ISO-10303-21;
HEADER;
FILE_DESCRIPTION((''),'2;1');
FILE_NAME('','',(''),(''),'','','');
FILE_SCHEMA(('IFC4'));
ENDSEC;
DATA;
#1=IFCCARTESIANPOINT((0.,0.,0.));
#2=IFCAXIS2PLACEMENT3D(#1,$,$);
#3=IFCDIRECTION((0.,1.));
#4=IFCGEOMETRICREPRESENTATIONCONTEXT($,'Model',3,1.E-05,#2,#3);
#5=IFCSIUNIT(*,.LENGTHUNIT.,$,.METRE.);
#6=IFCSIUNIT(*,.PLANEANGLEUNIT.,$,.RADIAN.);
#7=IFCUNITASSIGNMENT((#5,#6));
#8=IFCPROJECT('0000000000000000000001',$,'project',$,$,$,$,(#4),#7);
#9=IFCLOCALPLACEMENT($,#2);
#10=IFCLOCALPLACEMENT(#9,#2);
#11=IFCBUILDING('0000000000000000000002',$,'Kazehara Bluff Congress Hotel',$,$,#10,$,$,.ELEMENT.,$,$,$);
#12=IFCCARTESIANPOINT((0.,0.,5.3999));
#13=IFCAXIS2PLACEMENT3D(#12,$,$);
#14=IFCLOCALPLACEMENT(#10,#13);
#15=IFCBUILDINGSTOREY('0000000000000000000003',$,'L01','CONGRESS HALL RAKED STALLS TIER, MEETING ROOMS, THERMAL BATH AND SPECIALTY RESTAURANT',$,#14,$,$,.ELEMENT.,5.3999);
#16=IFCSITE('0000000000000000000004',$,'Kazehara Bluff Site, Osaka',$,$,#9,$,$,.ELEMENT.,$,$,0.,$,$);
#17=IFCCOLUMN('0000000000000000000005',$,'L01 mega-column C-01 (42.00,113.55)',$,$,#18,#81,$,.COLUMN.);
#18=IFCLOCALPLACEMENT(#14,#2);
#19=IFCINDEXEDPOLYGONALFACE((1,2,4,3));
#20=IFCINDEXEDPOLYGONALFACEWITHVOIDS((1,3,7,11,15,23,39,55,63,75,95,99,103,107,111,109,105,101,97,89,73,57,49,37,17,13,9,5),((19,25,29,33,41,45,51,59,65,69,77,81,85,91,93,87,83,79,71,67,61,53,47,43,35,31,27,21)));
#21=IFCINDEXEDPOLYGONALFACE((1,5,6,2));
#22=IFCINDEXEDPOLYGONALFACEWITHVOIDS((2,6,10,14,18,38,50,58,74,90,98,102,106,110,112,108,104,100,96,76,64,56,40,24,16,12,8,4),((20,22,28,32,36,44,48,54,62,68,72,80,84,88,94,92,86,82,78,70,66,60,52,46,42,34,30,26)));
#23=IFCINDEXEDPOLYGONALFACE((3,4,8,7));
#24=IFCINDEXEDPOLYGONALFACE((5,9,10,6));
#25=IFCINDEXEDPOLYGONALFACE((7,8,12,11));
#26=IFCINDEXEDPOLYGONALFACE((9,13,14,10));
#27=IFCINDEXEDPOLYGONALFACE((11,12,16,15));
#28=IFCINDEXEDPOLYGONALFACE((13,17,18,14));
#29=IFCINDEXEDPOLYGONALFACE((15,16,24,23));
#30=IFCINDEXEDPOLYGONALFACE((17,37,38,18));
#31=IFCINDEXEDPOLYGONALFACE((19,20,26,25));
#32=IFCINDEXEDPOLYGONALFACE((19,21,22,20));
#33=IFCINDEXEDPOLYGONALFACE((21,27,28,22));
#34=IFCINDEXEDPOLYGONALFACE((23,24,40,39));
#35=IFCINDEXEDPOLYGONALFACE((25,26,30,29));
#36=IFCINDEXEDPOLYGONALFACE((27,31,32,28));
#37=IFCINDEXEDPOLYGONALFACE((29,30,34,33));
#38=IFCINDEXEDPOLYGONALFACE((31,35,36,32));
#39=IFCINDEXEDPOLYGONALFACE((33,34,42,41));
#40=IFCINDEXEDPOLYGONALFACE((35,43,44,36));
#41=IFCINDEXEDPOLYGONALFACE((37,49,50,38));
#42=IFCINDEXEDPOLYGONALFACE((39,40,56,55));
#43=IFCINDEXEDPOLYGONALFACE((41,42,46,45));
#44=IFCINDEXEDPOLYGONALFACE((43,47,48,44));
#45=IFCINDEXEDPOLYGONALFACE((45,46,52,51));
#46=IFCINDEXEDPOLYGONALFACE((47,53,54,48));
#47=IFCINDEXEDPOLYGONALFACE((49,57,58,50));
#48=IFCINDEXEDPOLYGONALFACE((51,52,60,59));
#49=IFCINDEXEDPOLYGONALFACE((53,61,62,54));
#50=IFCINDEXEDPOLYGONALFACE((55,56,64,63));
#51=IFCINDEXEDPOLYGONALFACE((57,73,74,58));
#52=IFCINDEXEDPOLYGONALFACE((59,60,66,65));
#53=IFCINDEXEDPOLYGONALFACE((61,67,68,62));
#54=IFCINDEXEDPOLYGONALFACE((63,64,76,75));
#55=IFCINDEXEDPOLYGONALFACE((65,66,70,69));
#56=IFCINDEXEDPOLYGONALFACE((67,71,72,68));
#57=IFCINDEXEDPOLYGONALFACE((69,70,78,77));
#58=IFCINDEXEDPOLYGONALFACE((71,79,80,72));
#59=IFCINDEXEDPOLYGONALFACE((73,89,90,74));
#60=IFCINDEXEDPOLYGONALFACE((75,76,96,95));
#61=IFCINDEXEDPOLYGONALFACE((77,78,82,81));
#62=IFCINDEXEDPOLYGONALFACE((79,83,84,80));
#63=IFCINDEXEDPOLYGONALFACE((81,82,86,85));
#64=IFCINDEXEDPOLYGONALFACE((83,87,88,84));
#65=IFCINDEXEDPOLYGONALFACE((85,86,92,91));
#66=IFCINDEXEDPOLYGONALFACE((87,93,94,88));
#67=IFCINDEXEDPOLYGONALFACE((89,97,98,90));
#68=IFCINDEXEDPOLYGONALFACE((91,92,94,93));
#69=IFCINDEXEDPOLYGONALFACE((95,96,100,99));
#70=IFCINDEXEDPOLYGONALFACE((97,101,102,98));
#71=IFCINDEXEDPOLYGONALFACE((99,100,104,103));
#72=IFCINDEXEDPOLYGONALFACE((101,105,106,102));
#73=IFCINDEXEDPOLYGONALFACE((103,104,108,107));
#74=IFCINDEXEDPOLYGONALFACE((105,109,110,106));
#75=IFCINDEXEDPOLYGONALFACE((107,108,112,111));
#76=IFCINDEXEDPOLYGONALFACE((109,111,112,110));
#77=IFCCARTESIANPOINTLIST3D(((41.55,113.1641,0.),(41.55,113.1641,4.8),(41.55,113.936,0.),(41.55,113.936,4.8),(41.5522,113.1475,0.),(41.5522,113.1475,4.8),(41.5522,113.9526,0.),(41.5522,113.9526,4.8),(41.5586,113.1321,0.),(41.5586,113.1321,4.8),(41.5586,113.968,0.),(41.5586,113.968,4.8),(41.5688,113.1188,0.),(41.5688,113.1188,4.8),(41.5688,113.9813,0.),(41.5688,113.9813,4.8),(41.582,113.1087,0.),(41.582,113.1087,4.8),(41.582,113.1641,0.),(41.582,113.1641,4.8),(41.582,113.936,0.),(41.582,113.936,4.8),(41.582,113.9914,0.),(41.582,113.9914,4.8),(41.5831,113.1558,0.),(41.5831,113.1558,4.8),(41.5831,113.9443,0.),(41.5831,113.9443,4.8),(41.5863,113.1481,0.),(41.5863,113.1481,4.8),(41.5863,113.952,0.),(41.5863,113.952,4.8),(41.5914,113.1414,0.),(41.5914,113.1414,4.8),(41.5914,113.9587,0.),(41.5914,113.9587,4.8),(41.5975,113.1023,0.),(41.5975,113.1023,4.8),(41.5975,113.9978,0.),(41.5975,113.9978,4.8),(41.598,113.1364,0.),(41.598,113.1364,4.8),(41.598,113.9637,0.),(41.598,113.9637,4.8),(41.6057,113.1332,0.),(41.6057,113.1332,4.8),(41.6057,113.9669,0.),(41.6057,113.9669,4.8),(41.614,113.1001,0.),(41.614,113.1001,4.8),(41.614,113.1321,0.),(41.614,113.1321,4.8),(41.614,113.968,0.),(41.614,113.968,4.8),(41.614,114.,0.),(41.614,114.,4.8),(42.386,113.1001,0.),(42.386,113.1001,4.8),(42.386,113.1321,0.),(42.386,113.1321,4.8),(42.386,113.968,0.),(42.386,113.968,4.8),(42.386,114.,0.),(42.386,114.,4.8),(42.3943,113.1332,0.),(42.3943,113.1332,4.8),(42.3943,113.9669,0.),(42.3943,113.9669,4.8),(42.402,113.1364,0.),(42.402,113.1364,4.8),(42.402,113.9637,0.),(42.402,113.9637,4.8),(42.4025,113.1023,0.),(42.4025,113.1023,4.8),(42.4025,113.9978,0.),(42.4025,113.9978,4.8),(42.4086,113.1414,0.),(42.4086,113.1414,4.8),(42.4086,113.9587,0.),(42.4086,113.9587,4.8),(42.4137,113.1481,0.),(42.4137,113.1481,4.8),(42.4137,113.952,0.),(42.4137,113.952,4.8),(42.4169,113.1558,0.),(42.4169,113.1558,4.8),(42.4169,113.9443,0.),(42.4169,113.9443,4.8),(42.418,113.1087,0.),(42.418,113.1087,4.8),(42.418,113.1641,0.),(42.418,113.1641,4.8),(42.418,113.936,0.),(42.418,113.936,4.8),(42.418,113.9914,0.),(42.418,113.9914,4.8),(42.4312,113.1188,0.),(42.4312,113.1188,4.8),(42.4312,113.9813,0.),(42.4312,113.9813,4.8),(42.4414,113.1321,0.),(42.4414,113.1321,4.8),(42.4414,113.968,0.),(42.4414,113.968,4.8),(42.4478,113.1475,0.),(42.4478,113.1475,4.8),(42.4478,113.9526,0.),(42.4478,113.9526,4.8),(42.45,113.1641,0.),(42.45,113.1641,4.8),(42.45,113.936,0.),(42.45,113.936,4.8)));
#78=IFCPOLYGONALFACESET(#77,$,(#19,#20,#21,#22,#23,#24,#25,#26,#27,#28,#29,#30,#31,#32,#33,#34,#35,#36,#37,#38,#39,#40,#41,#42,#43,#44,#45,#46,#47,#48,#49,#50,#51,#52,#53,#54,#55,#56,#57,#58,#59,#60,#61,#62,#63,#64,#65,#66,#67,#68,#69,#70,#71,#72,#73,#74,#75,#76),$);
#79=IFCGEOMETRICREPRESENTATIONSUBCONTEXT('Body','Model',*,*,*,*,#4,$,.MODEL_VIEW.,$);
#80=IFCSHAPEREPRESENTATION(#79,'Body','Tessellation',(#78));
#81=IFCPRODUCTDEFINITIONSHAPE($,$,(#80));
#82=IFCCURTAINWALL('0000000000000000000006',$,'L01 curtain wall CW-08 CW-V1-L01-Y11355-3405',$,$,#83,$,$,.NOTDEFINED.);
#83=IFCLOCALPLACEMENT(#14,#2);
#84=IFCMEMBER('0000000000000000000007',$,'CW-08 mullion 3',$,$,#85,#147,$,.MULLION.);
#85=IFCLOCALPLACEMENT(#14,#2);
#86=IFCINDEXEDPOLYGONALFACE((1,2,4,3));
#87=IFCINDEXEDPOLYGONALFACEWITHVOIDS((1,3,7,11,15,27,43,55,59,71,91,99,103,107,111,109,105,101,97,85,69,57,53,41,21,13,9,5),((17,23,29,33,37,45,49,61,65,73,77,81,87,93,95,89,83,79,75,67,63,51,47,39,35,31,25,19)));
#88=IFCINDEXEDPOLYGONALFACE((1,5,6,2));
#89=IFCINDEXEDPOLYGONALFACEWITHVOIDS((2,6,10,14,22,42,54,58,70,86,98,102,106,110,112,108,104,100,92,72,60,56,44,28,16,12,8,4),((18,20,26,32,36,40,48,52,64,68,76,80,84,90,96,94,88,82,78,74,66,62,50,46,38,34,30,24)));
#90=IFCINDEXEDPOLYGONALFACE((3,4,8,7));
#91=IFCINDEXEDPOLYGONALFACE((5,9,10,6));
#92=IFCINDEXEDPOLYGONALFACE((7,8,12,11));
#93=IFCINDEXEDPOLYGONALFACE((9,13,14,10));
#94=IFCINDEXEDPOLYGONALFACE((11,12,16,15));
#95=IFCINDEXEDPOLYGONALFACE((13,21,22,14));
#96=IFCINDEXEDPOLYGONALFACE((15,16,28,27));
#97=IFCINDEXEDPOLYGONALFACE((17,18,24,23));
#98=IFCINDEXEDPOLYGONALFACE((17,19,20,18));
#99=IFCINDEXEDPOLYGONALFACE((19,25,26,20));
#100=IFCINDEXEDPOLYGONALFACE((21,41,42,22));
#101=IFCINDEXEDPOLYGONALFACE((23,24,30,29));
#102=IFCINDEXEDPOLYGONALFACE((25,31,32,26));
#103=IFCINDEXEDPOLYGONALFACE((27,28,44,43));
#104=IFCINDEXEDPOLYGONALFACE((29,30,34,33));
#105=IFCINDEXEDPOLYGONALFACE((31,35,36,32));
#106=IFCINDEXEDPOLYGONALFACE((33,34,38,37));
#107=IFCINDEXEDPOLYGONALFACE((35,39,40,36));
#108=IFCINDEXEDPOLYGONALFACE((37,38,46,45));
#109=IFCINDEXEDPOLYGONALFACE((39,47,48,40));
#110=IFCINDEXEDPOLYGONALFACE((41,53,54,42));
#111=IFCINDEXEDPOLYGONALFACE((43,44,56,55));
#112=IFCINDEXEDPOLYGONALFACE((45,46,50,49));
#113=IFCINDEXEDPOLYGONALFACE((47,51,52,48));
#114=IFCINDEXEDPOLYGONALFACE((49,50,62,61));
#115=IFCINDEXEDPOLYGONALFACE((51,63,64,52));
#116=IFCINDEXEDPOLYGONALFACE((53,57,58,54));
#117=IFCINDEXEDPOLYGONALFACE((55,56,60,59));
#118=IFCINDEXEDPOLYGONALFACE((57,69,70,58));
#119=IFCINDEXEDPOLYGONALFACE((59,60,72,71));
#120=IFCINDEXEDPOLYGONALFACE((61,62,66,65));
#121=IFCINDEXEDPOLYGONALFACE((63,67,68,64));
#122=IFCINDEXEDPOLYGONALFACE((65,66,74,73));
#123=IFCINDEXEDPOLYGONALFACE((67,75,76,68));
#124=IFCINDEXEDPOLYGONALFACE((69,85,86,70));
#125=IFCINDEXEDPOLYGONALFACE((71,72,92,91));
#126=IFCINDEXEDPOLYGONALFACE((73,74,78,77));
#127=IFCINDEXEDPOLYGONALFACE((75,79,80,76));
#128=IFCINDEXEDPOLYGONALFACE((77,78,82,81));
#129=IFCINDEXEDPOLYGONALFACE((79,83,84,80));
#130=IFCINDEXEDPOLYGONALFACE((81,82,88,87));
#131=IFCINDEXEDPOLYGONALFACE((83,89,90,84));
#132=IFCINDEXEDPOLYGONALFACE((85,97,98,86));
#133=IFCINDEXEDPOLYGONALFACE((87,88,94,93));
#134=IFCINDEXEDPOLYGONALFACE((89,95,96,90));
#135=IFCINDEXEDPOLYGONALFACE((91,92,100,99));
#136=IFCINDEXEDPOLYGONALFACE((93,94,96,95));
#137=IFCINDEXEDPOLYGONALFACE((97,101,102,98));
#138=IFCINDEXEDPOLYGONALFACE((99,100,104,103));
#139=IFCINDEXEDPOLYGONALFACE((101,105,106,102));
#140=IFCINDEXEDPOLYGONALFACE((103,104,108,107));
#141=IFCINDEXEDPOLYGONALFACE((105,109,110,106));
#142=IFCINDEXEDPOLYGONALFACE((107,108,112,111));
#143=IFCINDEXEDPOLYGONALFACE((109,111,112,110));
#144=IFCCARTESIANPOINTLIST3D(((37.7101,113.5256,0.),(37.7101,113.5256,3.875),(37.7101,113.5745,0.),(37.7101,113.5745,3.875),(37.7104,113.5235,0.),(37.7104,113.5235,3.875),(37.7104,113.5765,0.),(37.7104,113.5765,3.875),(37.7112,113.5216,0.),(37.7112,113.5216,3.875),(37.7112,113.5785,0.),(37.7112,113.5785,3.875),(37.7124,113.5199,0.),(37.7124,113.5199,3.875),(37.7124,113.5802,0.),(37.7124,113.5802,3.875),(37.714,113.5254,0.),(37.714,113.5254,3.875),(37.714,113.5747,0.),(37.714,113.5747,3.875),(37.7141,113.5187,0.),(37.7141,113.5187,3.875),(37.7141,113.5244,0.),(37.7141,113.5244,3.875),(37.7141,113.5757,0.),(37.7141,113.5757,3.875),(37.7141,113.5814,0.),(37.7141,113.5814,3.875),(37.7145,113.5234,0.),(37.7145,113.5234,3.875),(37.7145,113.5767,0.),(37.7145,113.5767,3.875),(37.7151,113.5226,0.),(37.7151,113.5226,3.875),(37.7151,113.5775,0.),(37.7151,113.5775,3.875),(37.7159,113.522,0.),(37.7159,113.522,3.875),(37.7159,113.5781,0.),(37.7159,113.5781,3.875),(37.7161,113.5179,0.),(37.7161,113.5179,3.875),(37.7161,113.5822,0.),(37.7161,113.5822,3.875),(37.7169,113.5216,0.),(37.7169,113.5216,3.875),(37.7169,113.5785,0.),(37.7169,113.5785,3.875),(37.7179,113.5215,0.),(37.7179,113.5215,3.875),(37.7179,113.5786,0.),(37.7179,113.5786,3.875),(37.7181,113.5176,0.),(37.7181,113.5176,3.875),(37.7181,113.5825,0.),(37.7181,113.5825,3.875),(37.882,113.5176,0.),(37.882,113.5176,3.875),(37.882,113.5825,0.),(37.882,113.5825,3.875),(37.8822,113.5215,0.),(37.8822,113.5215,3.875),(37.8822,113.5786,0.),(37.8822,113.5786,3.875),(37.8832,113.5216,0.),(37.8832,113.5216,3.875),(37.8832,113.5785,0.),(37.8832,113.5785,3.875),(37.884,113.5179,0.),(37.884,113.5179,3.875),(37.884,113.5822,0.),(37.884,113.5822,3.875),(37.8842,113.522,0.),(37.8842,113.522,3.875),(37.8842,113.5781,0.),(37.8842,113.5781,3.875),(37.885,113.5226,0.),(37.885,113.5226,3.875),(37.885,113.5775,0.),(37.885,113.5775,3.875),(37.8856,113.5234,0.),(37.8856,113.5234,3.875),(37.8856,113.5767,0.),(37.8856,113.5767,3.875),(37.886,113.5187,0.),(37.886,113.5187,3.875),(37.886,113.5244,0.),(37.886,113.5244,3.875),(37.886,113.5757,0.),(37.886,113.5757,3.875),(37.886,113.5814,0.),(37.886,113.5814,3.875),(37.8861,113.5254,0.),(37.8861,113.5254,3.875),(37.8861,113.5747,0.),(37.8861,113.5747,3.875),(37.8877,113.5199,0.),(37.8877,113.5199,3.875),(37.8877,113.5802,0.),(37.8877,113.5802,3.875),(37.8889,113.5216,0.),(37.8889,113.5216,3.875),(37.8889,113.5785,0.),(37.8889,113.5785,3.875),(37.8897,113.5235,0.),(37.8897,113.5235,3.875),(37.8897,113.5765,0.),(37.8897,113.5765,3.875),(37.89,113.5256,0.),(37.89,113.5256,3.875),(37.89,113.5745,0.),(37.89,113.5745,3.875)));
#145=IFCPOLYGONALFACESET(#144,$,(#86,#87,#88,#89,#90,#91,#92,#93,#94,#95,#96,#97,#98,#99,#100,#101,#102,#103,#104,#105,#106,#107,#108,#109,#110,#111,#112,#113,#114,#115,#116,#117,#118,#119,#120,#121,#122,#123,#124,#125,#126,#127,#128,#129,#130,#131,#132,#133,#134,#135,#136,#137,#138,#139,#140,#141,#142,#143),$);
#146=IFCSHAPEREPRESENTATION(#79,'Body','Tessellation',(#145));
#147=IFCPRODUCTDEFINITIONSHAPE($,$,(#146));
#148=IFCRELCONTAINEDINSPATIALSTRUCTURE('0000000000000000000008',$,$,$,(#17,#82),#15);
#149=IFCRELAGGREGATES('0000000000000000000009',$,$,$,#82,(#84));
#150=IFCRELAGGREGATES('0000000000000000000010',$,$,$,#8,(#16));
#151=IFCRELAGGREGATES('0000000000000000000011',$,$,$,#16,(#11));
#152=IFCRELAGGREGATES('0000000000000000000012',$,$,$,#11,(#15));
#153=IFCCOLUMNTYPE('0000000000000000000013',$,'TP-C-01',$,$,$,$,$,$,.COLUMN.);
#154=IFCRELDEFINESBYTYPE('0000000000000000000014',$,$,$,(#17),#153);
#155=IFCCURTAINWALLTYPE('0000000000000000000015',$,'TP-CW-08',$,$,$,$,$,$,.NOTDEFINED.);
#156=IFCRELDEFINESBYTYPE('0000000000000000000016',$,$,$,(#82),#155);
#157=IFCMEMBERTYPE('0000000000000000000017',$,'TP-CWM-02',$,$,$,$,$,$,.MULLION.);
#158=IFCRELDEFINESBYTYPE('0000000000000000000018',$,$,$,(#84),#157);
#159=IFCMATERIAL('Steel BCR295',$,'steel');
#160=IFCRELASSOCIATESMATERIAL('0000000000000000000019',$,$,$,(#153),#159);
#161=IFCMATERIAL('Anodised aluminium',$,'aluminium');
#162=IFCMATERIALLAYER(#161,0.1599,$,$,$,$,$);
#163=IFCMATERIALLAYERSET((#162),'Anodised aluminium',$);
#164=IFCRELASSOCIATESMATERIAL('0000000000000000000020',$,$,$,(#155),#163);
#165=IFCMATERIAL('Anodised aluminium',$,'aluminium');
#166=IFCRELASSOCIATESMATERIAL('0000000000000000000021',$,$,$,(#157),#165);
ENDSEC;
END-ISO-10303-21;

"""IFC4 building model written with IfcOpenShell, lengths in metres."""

from ifc_helpers import new_model, si_unit, direction, frame, origin, origin_2d, place, context, subcontext, project, spatial, hollow_rectangle, extrude, material, layer, layer_set, material_profile, profile_set, type_object, element, aggregate, save


model = new_model("IFC4")

# Units and contexts
model_context = context("Model", 3, precision=1e-05, world=origin(), true_north=direction((0.0, 1.0)))
body_context = subcontext(model_context, "Body", "Model", "MODEL_VIEW")
ifc_project = project(units=[si_unit("LENGTHUNIT", "METRE"), si_unit("PLANEANGLEUNIT", "RADIAN")], contexts=[model_context])

# Site, building, storey
site_placement = place(None, origin())
site = spatial("IfcSite", under=ifc_project, at=site_placement, Name="Kazehara Bluff Site, Osaka", CompositionType="ELEMENT", RefElevation=0.0)
building_placement = place(site_placement, origin())
building = spatial("IfcBuilding", under=site, at=building_placement, Name="Kazehara Bluff Congress Hotel", CompositionType="ELEMENT")
storey_placement = place(building_placement, frame((0.0, 0.0, 5.3999)))
storey = spatial("IfcBuildingStorey", under=building, at=storey_placement, Name="L01", Description="CONGRESS HALL RAKED STALLS TIER, MEETING ROOMS, THERMAL BATH AND SPECIALTY RESTAURANT", CompositionType="ELEMENT", Elevation=5.3999)

# Column
ifc_material_1 = material(Name="Steel BCR295", Category="steel")
ifc_material_profile_1 = material_profile(ifc_material_1, hollow_rectangle(XDim=0.8999, YDim=0.8999, WallThickness=0.032, InnerFilletRadius=0.032, OuterFilletRadius=0.064, at=origin_2d()))
ifc_profile_set_1 = profile_set([ifc_material_profile_1], Name="Steel BCR295")
column_type = type_object("IfcColumnType", Name="TP-C-01", PredefinedType="COLUMN", material=ifc_profile_set_1)
column_placement = place(storey_placement, frame((42.0, 113.55, 0.0), z_axis=(0.0, 0.0, 1.0), x_axis=(1.0, 0.0, 0.0)))
element("IfcColumn", 1, at=column_placement, inside=storey, type_object=column_type, Name="L01 mega-column C-01 (42.00,113.55)", PredefinedType="COLUMN", context=body_context, shape_type="SweptSolid", body=[
    extrude(hollow_rectangle(XDim=0.8999, YDim=0.8999, WallThickness=0.032, InnerFilletRadius=0.032, OuterFilletRadius=0.064, at=origin_2d()), origin(), (0.0, 0.0, 1.0), 4.8),
])

# Curtain wall, member
ifc_material_2 = material(Name="Anodised aluminium", Category="aluminium")
ifc_layer_1 = layer(ifc_material_2, 0.1599)
ifc_layer_set_1 = layer_set([ifc_layer_1], Name="Anodised aluminium")
curtain_wall_type_1 = type_object("IfcCurtainWallType", Name="TP-CW-08", PredefinedType="NOTDEFINED", material=ifc_layer_set_1)
curtain_wall_1_placement = place(storey_placement, origin())
curtain_wall_1 = element("IfcCurtainWall", 2, at=curtain_wall_1_placement, inside=storey, type_object=curtain_wall_type_1, Name="L01 curtain wall CW-08 CW-V1-L01-Y11355-3405", PredefinedType="NOTDEFINED")
ifc_material_3 = material(Name="Anodised aluminium", Category="aluminium")
ifc_material_profile_2 = material_profile(ifc_material_3, hollow_rectangle(XDim=0.0649, YDim=0.1799, WallThickness=0.0039, InnerFilletRadius=0.0039, OuterFilletRadius=0.0081, at=origin_2d()))
ifc_profile_set_2 = profile_set([ifc_material_profile_2], Name="Anodised aluminium")
member_type_1 = type_object("IfcMemberType", Name="TP-CWM-02", PredefinedType="MULLION", material=ifc_profile_set_2)
member_1_placement = place(storey_placement, frame((37.8, 113.55, 0.0), z_axis=(0.0, 0.0, 1.0), x_axis=(0.0, 1.0, 0.0)))
member_1 = element("IfcMember", 3, at=member_1_placement, type_object=member_type_1, Name="CW-08 mullion 3", PredefinedType="MULLION", context=body_context, shape_type="SweptSolid", body=[
    extrude(hollow_rectangle(XDim=0.0649, YDim=0.1799, WallThickness=0.0039, InnerFilletRadius=0.0039, OuterFilletRadius=0.0081, at=origin_2d()), origin(), (0.0, 0.0, 1.0), 3.875),
])

aggregate(curtain_wall_1, [member_1])

save(model, "model.ifc")
